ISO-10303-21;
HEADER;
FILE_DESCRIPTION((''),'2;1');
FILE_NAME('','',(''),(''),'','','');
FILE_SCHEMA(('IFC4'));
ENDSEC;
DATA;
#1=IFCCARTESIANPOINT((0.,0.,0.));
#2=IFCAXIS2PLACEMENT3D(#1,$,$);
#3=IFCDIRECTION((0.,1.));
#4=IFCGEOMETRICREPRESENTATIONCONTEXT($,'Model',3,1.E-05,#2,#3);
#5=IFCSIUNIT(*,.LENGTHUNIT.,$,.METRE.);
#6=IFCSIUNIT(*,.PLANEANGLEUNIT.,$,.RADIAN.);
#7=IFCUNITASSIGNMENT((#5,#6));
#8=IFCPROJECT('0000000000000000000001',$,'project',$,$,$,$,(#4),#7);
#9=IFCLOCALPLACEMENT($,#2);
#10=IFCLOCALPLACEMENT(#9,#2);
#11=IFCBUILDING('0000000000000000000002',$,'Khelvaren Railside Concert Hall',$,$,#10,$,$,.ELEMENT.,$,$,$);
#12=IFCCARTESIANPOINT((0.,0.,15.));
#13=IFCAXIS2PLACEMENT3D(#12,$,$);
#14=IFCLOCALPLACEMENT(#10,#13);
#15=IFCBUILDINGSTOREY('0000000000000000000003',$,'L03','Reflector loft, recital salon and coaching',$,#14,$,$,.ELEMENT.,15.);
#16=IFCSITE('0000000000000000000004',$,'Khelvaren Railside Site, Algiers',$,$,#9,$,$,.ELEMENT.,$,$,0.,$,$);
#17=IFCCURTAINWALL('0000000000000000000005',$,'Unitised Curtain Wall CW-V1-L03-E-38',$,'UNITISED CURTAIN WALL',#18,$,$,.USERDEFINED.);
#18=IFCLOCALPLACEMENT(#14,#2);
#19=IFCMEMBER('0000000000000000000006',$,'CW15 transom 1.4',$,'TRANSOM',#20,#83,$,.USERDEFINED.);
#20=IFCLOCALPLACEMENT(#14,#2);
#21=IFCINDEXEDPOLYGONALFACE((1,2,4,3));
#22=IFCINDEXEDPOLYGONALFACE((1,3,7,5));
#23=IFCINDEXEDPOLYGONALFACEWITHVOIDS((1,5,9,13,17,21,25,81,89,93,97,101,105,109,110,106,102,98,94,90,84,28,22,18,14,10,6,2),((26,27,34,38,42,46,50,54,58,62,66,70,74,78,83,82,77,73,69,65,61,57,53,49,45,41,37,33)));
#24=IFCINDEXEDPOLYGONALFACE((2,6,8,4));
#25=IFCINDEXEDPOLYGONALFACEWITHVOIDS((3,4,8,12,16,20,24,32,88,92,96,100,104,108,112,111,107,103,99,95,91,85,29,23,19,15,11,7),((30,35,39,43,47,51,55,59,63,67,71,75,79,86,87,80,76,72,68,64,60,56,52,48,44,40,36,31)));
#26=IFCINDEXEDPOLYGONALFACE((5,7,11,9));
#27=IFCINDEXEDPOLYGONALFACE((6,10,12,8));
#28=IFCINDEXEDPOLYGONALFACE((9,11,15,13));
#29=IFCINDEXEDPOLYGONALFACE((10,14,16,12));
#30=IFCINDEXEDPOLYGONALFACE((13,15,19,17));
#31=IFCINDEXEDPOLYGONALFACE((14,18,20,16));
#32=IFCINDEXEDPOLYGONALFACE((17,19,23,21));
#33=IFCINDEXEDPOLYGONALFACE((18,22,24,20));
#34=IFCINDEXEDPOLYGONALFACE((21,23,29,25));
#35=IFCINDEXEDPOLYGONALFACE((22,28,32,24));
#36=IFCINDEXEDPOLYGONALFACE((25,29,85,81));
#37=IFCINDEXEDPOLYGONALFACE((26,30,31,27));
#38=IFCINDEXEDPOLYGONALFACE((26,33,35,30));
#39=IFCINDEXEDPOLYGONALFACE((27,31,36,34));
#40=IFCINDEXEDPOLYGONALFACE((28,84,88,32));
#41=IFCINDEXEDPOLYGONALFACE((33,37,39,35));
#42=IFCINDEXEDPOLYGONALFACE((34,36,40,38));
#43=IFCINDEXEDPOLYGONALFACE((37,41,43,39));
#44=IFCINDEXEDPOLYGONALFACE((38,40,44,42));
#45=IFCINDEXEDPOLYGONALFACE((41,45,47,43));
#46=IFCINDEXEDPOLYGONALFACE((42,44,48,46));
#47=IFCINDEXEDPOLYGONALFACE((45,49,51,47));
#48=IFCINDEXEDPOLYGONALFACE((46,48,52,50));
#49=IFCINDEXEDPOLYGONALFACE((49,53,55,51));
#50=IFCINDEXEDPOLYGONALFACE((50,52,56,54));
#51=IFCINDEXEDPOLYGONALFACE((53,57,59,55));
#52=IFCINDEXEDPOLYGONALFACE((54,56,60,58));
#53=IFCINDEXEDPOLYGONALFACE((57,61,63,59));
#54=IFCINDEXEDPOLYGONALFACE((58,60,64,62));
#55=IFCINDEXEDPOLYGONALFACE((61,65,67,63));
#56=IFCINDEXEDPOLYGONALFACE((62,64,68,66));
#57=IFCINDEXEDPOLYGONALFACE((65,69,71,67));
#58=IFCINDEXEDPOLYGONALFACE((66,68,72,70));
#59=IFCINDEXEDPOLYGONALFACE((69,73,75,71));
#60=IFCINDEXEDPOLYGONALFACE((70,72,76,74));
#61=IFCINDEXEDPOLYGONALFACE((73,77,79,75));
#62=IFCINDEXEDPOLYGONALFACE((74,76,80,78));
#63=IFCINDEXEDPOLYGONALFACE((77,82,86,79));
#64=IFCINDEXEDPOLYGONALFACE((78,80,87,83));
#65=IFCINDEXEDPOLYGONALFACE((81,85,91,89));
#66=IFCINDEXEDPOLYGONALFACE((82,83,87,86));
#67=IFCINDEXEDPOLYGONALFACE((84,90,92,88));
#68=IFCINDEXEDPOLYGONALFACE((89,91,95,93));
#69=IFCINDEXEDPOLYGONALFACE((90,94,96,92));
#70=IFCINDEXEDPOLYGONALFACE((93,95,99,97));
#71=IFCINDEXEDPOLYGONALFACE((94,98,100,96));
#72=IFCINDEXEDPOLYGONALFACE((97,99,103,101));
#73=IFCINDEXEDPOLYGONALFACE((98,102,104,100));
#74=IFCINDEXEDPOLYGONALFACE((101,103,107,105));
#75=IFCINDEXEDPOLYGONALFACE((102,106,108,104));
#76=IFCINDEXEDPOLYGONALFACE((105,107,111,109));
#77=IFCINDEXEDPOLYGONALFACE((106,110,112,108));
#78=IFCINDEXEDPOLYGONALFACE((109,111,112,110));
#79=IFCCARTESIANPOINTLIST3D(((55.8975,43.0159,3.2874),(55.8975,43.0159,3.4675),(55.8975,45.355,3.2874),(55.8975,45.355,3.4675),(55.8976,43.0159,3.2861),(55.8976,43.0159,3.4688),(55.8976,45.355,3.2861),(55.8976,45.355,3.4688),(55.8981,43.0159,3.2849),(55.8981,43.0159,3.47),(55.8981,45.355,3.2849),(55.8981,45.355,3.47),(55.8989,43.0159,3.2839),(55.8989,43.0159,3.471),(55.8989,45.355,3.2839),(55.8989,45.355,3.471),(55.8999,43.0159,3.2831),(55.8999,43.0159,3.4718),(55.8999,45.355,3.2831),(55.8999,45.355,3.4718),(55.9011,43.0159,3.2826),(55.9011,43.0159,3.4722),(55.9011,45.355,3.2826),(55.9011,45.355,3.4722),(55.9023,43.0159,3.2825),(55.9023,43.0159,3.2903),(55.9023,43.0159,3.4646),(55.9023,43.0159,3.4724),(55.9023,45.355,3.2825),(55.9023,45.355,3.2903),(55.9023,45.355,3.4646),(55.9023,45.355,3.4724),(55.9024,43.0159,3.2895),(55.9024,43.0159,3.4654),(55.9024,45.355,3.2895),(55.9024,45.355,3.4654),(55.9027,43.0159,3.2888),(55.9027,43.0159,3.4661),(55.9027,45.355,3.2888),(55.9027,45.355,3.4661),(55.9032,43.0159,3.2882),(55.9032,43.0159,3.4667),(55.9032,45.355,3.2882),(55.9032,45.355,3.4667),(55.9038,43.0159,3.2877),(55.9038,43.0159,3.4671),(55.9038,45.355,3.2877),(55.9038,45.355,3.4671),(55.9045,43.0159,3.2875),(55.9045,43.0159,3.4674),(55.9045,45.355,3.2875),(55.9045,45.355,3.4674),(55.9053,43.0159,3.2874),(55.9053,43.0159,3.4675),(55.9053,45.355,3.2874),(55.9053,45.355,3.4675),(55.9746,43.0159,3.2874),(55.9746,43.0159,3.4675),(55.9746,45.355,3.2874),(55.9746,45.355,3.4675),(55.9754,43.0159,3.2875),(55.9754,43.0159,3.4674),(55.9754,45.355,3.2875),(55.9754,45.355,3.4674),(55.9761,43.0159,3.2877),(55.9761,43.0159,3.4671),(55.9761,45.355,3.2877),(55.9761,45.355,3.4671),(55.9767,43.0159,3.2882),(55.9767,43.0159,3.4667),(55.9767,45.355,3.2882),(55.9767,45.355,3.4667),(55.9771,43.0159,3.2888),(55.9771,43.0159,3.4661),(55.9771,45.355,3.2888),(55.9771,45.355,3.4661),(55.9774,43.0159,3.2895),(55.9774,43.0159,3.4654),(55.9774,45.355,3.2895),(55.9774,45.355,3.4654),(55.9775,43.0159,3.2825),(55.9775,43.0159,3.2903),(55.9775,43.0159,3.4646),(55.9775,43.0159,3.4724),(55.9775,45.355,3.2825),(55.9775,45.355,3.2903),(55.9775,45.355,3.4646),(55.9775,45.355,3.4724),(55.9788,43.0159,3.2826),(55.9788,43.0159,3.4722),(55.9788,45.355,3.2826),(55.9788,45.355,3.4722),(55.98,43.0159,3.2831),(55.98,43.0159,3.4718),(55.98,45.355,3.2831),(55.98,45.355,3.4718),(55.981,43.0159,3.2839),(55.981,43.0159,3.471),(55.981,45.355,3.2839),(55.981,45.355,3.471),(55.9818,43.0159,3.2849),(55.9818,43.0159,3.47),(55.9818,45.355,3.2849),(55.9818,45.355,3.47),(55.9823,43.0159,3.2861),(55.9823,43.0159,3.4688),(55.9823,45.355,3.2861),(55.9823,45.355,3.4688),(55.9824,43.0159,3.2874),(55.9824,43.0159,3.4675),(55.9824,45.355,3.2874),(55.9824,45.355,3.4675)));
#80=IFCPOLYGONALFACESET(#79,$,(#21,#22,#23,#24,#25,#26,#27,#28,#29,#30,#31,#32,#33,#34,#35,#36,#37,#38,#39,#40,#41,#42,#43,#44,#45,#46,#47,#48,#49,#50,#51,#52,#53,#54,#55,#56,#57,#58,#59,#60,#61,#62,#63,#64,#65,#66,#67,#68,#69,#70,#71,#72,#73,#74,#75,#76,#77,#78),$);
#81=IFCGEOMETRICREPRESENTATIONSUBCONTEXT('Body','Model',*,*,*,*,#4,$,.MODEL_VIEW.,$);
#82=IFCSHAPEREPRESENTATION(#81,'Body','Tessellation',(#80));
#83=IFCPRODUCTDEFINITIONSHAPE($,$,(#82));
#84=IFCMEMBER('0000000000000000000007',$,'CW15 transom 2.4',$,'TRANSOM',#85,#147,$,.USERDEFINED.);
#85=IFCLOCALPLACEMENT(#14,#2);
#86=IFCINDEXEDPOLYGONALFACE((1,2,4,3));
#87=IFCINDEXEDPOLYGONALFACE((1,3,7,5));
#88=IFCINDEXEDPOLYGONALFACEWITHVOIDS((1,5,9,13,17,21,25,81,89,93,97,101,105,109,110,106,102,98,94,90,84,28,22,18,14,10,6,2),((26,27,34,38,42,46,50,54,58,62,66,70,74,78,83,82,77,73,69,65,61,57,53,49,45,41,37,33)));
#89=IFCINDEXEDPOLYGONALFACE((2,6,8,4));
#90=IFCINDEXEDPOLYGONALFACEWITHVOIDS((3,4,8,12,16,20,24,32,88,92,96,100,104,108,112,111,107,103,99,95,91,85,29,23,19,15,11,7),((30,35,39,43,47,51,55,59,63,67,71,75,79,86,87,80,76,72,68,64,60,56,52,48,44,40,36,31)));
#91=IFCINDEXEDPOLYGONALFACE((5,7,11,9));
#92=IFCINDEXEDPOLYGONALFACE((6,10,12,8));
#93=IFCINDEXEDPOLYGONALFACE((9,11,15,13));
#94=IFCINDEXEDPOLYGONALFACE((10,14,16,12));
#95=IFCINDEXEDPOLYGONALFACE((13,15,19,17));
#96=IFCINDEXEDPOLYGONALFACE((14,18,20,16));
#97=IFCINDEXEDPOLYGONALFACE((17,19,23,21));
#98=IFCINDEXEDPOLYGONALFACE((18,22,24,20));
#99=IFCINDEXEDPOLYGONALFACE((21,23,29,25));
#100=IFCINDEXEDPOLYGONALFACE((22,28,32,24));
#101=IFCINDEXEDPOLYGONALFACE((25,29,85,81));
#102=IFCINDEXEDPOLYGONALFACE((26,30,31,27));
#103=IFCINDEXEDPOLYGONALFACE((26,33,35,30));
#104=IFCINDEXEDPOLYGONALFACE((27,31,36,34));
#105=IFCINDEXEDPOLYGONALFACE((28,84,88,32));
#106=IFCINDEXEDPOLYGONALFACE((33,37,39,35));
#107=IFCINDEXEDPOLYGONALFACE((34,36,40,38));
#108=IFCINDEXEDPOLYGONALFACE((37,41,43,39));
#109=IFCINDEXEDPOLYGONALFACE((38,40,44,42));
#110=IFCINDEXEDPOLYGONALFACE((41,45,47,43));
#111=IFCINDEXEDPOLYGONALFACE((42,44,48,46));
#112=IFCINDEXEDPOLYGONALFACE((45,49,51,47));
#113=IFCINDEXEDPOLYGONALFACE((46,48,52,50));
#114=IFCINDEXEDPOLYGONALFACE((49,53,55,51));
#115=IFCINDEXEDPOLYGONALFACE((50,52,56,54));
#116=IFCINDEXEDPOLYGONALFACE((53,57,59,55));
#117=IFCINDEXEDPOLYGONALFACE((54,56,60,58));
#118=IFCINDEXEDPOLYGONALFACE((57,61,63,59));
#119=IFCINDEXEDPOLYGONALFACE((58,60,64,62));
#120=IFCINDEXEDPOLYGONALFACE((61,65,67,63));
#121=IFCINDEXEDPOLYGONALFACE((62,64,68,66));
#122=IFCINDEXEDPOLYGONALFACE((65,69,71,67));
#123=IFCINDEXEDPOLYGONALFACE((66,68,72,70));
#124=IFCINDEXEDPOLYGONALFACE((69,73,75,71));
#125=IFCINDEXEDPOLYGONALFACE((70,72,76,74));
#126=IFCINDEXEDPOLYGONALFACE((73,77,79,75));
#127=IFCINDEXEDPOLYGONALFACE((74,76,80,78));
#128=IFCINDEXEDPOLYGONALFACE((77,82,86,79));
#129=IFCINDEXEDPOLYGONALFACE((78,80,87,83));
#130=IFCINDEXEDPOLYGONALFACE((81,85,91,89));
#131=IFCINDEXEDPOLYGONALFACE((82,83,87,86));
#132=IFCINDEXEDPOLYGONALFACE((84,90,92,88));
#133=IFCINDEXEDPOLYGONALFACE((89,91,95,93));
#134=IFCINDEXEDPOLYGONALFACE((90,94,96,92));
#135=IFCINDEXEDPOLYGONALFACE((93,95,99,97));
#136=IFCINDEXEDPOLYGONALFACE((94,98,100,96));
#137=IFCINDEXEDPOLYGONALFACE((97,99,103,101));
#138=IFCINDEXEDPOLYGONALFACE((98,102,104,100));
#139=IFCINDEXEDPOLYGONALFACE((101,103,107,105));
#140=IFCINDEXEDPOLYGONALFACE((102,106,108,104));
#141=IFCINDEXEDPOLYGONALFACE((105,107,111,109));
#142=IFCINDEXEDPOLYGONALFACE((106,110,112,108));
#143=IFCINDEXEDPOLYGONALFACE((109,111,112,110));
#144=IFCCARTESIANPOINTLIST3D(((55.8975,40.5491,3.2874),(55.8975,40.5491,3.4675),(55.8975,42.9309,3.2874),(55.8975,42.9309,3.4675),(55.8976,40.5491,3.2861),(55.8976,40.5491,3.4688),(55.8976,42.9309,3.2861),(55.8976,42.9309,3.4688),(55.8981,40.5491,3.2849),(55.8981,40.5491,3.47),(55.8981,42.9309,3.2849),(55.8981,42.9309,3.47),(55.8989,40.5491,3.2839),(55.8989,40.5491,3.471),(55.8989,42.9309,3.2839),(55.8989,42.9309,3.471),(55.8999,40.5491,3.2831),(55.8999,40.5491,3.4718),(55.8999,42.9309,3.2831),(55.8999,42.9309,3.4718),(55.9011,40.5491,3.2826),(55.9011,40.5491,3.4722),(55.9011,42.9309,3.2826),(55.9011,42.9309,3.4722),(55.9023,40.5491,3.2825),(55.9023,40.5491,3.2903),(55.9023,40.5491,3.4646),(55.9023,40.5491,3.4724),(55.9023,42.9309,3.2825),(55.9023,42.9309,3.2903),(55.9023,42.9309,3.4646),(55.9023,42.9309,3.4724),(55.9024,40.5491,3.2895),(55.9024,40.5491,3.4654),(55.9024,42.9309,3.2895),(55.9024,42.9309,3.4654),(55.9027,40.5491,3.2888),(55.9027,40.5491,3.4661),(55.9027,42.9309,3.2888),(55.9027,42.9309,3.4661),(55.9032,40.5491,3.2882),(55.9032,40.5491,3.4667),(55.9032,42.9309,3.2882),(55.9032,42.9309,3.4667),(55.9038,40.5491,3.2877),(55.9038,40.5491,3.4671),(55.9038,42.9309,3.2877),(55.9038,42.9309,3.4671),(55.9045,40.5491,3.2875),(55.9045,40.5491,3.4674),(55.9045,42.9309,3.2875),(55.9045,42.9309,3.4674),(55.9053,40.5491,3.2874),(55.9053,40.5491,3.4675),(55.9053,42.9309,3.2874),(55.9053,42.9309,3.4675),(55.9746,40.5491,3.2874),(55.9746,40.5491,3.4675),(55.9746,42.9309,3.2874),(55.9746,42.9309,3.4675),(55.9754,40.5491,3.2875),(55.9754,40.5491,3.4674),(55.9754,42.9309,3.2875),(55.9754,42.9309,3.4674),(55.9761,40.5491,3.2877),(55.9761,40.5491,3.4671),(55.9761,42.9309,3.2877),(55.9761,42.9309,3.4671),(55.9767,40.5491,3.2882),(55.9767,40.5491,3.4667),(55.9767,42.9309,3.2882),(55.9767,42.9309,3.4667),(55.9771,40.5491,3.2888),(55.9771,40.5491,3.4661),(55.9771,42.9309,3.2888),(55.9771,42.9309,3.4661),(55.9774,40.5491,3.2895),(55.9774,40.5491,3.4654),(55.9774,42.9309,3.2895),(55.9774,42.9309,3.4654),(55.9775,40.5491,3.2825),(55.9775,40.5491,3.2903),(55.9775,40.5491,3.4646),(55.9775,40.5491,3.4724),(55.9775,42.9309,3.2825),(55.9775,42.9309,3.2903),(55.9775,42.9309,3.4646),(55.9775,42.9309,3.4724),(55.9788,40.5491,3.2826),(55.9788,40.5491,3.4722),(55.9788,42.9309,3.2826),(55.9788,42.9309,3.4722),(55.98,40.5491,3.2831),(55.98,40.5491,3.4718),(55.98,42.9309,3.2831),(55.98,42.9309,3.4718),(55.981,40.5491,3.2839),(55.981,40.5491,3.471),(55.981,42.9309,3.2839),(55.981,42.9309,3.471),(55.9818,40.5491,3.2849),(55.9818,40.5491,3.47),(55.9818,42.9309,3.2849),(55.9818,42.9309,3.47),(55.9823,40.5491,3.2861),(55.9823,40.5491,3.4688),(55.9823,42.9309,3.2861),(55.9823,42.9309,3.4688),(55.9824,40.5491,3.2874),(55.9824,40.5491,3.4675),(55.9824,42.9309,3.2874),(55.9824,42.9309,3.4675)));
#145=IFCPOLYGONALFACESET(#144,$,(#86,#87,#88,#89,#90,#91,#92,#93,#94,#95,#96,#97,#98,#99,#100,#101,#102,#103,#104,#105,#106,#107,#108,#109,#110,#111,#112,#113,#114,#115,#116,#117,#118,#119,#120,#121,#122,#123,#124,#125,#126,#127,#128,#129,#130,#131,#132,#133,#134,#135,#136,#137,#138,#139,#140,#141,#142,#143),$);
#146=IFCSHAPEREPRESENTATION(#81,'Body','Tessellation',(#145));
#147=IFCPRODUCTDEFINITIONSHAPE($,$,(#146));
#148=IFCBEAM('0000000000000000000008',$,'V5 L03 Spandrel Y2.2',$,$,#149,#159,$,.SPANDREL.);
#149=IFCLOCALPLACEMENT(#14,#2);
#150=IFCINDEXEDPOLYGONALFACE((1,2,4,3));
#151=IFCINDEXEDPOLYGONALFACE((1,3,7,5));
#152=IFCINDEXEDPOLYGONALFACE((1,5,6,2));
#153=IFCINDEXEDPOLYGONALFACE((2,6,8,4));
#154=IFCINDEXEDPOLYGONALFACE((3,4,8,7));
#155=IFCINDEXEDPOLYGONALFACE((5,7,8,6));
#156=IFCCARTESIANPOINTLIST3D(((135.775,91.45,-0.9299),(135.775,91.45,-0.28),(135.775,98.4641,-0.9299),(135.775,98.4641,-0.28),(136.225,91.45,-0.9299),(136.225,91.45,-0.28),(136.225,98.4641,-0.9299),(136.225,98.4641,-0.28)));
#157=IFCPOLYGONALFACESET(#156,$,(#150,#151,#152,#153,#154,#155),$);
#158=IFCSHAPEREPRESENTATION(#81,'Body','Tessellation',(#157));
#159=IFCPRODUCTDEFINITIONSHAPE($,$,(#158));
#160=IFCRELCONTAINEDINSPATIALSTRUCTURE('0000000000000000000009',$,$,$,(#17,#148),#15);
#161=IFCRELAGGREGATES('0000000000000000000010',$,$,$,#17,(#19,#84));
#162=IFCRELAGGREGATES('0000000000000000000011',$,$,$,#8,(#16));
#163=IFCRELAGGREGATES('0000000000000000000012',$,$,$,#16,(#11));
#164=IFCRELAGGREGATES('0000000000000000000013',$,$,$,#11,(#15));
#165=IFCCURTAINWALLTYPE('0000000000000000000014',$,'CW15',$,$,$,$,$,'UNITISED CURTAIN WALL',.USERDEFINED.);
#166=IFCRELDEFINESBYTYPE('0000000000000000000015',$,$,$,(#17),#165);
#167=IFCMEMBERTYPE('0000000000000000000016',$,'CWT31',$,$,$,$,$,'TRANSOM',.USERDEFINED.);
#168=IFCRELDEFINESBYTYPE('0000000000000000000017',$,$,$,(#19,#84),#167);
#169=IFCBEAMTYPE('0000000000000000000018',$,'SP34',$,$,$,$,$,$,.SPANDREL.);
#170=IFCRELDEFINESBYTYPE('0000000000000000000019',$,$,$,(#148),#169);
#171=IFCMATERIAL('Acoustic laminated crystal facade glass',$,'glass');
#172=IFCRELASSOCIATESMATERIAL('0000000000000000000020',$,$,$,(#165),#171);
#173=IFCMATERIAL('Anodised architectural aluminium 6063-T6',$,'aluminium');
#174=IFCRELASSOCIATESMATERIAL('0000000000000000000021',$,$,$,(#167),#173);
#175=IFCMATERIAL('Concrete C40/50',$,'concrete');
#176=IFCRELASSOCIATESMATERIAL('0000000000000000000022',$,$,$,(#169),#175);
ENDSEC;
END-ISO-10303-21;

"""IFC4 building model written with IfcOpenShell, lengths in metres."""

from ifc_helpers import new_model, si_unit, direction, frame, origin, origin_2d, place, context, subcontext, project, spatial, rectangle, hollow_rectangle, extrude, material, material_profile, profile_set, type_object, element, aggregate, save


model = new_model("IFC4")

# Units and contexts
model_context = context("Model", 3, precision=1e-05, world=origin(), true_north=direction((0.0, 1.0)))
body_context = subcontext(model_context, "Body", "Model", "MODEL_VIEW")
ifc_project = project(units=[si_unit("LENGTHUNIT", "METRE"), si_unit("PLANEANGLEUNIT", "RADIAN")], contexts=[model_context])

# Site, building, storey
site_placement = place(None, origin())
site = spatial("IfcSite", under=ifc_project, at=site_placement, Name="Khelvaren Railside Site, Algiers", CompositionType="ELEMENT", RefElevation=0.0)
building_placement = place(site_placement, origin())
building = spatial("IfcBuilding", under=site, at=building_placement, Name="Khelvaren Railside Concert Hall", CompositionType="ELEMENT")
storey_placement = place(building_placement, frame((0.0, 0.0, 15.0)))
storey = spatial("IfcBuildingStorey", under=building, at=storey_placement, Name="L03", Description="Reflector loft, recital salon and coaching", CompositionType="ELEMENT", Elevation=15.0)

# Curtain wall, members
ifc_material_1 = material(Name="Acoustic laminated crystal facade glass", Category="glass")
curtain_wall_type = type_object("IfcCurtainWallType", Name="CW15", ElementType="UNITISED CURTAIN WALL", PredefinedType="USERDEFINED", material=ifc_material_1)
curtain_wall_placement = place(storey_placement, origin())
curtain_wall = element("IfcCurtainWall", 1, at=curtain_wall_placement, inside=storey, type_object=curtain_wall_type, Name="Unitised Curtain Wall CW-V1-L03-E-38", ObjectType="UNITISED CURTAIN WALL", PredefinedType="USERDEFINED")
ifc_material_2 = material(Name="Anodised architectural aluminium 6063-T6", Category="aluminium")
ifc_material_profile_1 = material_profile(ifc_material_2, hollow_rectangle(XDim=0.085, YDim=0.1899, WallThickness=0.0049, InnerFilletRadius=0.0029, OuterFilletRadius=0.0049, at=origin_2d()), Name="CWT 85x190x5")
ifc_profile_set_1 = profile_set([ifc_material_profile_1], Name="Anodised architectural aluminium 6063-T6")
member_type_1 = type_object("IfcMemberType", Name="CWT31", ElementType="TRANSOM", PredefinedType="USERDEFINED", material=ifc_profile_set_1)
member_1_placement = place(storey_placement, frame((55.9399, 45.355, 3.3774), z_axis=(0.0, -1.0, 0.0), x_axis=(1.0, 0.0, 0.0)))
member_1 = element("IfcMember", 2, at=member_1_placement, type_object=member_type_1, Name="CW15 transom 1.4", ObjectType="TRANSOM", PredefinedType="USERDEFINED", context=body_context, shape_type="SweptSolid", body=[
    extrude(hollow_rectangle(XDim=0.085, YDim=0.1899, WallThickness=0.0049, InnerFilletRadius=0.0029, OuterFilletRadius=0.0049, at=origin_2d()), origin(), (0.0, 0.0, 1.0), 2.3391),
])
member_2_placement = place(storey_placement, frame((55.9399, 42.9309, 3.3774), z_axis=(0.0, -1.0, 0.0), x_axis=(1.0, 0.0, 0.0)))
member_2 = element("IfcMember", 3, at=member_2_placement, type_object=member_type_1, Name="CW15 transom 2.4", ObjectType="TRANSOM", PredefinedType="USERDEFINED", context=body_context, shape_type="SweptSolid", body=[
    extrude(hollow_rectangle(XDim=0.085, YDim=0.1899, WallThickness=0.0049, InnerFilletRadius=0.0029, OuterFilletRadius=0.0049, at=origin_2d()), origin(), (0.0, 0.0, 1.0), 2.3818),
])

# Beam
ifc_material_3 = material(Name="Concrete C40/50", Category="concrete")
ifc_material_profile_2 = material_profile(ifc_material_3, rectangle(XDim=0.45, YDim=0.6499, at=origin_2d()), Name="RCB 450x650")
ifc_profile_set_2 = profile_set([ifc_material_profile_2], Name="Concrete C40/50")
beam_type_1 = type_object("IfcBeamType", Name="SP34", PredefinedType="SPANDREL", material=ifc_profile_set_2)
beam_1_placement = place(storey_placement, frame((136.0, 91.45, -0.605), z_axis=(0.0, 1.0, 0.0), x_axis=(-1.0, 0.0, 0.0)))
element("IfcBeam", 4, at=beam_1_placement, inside=storey, type_object=beam_type_1, Name="V5 L03 Spandrel Y2.2", PredefinedType="SPANDREL", context=body_context, shape_type="SweptSolid", body=[
    extrude(rectangle(XDim=0.45, YDim=0.6499, at=origin_2d()), origin(), (0.0, 0.0, 1.0), 7.0142),
])

aggregate(curtain_wall, [member_1, member_2])

save(model, "model.ifc")
